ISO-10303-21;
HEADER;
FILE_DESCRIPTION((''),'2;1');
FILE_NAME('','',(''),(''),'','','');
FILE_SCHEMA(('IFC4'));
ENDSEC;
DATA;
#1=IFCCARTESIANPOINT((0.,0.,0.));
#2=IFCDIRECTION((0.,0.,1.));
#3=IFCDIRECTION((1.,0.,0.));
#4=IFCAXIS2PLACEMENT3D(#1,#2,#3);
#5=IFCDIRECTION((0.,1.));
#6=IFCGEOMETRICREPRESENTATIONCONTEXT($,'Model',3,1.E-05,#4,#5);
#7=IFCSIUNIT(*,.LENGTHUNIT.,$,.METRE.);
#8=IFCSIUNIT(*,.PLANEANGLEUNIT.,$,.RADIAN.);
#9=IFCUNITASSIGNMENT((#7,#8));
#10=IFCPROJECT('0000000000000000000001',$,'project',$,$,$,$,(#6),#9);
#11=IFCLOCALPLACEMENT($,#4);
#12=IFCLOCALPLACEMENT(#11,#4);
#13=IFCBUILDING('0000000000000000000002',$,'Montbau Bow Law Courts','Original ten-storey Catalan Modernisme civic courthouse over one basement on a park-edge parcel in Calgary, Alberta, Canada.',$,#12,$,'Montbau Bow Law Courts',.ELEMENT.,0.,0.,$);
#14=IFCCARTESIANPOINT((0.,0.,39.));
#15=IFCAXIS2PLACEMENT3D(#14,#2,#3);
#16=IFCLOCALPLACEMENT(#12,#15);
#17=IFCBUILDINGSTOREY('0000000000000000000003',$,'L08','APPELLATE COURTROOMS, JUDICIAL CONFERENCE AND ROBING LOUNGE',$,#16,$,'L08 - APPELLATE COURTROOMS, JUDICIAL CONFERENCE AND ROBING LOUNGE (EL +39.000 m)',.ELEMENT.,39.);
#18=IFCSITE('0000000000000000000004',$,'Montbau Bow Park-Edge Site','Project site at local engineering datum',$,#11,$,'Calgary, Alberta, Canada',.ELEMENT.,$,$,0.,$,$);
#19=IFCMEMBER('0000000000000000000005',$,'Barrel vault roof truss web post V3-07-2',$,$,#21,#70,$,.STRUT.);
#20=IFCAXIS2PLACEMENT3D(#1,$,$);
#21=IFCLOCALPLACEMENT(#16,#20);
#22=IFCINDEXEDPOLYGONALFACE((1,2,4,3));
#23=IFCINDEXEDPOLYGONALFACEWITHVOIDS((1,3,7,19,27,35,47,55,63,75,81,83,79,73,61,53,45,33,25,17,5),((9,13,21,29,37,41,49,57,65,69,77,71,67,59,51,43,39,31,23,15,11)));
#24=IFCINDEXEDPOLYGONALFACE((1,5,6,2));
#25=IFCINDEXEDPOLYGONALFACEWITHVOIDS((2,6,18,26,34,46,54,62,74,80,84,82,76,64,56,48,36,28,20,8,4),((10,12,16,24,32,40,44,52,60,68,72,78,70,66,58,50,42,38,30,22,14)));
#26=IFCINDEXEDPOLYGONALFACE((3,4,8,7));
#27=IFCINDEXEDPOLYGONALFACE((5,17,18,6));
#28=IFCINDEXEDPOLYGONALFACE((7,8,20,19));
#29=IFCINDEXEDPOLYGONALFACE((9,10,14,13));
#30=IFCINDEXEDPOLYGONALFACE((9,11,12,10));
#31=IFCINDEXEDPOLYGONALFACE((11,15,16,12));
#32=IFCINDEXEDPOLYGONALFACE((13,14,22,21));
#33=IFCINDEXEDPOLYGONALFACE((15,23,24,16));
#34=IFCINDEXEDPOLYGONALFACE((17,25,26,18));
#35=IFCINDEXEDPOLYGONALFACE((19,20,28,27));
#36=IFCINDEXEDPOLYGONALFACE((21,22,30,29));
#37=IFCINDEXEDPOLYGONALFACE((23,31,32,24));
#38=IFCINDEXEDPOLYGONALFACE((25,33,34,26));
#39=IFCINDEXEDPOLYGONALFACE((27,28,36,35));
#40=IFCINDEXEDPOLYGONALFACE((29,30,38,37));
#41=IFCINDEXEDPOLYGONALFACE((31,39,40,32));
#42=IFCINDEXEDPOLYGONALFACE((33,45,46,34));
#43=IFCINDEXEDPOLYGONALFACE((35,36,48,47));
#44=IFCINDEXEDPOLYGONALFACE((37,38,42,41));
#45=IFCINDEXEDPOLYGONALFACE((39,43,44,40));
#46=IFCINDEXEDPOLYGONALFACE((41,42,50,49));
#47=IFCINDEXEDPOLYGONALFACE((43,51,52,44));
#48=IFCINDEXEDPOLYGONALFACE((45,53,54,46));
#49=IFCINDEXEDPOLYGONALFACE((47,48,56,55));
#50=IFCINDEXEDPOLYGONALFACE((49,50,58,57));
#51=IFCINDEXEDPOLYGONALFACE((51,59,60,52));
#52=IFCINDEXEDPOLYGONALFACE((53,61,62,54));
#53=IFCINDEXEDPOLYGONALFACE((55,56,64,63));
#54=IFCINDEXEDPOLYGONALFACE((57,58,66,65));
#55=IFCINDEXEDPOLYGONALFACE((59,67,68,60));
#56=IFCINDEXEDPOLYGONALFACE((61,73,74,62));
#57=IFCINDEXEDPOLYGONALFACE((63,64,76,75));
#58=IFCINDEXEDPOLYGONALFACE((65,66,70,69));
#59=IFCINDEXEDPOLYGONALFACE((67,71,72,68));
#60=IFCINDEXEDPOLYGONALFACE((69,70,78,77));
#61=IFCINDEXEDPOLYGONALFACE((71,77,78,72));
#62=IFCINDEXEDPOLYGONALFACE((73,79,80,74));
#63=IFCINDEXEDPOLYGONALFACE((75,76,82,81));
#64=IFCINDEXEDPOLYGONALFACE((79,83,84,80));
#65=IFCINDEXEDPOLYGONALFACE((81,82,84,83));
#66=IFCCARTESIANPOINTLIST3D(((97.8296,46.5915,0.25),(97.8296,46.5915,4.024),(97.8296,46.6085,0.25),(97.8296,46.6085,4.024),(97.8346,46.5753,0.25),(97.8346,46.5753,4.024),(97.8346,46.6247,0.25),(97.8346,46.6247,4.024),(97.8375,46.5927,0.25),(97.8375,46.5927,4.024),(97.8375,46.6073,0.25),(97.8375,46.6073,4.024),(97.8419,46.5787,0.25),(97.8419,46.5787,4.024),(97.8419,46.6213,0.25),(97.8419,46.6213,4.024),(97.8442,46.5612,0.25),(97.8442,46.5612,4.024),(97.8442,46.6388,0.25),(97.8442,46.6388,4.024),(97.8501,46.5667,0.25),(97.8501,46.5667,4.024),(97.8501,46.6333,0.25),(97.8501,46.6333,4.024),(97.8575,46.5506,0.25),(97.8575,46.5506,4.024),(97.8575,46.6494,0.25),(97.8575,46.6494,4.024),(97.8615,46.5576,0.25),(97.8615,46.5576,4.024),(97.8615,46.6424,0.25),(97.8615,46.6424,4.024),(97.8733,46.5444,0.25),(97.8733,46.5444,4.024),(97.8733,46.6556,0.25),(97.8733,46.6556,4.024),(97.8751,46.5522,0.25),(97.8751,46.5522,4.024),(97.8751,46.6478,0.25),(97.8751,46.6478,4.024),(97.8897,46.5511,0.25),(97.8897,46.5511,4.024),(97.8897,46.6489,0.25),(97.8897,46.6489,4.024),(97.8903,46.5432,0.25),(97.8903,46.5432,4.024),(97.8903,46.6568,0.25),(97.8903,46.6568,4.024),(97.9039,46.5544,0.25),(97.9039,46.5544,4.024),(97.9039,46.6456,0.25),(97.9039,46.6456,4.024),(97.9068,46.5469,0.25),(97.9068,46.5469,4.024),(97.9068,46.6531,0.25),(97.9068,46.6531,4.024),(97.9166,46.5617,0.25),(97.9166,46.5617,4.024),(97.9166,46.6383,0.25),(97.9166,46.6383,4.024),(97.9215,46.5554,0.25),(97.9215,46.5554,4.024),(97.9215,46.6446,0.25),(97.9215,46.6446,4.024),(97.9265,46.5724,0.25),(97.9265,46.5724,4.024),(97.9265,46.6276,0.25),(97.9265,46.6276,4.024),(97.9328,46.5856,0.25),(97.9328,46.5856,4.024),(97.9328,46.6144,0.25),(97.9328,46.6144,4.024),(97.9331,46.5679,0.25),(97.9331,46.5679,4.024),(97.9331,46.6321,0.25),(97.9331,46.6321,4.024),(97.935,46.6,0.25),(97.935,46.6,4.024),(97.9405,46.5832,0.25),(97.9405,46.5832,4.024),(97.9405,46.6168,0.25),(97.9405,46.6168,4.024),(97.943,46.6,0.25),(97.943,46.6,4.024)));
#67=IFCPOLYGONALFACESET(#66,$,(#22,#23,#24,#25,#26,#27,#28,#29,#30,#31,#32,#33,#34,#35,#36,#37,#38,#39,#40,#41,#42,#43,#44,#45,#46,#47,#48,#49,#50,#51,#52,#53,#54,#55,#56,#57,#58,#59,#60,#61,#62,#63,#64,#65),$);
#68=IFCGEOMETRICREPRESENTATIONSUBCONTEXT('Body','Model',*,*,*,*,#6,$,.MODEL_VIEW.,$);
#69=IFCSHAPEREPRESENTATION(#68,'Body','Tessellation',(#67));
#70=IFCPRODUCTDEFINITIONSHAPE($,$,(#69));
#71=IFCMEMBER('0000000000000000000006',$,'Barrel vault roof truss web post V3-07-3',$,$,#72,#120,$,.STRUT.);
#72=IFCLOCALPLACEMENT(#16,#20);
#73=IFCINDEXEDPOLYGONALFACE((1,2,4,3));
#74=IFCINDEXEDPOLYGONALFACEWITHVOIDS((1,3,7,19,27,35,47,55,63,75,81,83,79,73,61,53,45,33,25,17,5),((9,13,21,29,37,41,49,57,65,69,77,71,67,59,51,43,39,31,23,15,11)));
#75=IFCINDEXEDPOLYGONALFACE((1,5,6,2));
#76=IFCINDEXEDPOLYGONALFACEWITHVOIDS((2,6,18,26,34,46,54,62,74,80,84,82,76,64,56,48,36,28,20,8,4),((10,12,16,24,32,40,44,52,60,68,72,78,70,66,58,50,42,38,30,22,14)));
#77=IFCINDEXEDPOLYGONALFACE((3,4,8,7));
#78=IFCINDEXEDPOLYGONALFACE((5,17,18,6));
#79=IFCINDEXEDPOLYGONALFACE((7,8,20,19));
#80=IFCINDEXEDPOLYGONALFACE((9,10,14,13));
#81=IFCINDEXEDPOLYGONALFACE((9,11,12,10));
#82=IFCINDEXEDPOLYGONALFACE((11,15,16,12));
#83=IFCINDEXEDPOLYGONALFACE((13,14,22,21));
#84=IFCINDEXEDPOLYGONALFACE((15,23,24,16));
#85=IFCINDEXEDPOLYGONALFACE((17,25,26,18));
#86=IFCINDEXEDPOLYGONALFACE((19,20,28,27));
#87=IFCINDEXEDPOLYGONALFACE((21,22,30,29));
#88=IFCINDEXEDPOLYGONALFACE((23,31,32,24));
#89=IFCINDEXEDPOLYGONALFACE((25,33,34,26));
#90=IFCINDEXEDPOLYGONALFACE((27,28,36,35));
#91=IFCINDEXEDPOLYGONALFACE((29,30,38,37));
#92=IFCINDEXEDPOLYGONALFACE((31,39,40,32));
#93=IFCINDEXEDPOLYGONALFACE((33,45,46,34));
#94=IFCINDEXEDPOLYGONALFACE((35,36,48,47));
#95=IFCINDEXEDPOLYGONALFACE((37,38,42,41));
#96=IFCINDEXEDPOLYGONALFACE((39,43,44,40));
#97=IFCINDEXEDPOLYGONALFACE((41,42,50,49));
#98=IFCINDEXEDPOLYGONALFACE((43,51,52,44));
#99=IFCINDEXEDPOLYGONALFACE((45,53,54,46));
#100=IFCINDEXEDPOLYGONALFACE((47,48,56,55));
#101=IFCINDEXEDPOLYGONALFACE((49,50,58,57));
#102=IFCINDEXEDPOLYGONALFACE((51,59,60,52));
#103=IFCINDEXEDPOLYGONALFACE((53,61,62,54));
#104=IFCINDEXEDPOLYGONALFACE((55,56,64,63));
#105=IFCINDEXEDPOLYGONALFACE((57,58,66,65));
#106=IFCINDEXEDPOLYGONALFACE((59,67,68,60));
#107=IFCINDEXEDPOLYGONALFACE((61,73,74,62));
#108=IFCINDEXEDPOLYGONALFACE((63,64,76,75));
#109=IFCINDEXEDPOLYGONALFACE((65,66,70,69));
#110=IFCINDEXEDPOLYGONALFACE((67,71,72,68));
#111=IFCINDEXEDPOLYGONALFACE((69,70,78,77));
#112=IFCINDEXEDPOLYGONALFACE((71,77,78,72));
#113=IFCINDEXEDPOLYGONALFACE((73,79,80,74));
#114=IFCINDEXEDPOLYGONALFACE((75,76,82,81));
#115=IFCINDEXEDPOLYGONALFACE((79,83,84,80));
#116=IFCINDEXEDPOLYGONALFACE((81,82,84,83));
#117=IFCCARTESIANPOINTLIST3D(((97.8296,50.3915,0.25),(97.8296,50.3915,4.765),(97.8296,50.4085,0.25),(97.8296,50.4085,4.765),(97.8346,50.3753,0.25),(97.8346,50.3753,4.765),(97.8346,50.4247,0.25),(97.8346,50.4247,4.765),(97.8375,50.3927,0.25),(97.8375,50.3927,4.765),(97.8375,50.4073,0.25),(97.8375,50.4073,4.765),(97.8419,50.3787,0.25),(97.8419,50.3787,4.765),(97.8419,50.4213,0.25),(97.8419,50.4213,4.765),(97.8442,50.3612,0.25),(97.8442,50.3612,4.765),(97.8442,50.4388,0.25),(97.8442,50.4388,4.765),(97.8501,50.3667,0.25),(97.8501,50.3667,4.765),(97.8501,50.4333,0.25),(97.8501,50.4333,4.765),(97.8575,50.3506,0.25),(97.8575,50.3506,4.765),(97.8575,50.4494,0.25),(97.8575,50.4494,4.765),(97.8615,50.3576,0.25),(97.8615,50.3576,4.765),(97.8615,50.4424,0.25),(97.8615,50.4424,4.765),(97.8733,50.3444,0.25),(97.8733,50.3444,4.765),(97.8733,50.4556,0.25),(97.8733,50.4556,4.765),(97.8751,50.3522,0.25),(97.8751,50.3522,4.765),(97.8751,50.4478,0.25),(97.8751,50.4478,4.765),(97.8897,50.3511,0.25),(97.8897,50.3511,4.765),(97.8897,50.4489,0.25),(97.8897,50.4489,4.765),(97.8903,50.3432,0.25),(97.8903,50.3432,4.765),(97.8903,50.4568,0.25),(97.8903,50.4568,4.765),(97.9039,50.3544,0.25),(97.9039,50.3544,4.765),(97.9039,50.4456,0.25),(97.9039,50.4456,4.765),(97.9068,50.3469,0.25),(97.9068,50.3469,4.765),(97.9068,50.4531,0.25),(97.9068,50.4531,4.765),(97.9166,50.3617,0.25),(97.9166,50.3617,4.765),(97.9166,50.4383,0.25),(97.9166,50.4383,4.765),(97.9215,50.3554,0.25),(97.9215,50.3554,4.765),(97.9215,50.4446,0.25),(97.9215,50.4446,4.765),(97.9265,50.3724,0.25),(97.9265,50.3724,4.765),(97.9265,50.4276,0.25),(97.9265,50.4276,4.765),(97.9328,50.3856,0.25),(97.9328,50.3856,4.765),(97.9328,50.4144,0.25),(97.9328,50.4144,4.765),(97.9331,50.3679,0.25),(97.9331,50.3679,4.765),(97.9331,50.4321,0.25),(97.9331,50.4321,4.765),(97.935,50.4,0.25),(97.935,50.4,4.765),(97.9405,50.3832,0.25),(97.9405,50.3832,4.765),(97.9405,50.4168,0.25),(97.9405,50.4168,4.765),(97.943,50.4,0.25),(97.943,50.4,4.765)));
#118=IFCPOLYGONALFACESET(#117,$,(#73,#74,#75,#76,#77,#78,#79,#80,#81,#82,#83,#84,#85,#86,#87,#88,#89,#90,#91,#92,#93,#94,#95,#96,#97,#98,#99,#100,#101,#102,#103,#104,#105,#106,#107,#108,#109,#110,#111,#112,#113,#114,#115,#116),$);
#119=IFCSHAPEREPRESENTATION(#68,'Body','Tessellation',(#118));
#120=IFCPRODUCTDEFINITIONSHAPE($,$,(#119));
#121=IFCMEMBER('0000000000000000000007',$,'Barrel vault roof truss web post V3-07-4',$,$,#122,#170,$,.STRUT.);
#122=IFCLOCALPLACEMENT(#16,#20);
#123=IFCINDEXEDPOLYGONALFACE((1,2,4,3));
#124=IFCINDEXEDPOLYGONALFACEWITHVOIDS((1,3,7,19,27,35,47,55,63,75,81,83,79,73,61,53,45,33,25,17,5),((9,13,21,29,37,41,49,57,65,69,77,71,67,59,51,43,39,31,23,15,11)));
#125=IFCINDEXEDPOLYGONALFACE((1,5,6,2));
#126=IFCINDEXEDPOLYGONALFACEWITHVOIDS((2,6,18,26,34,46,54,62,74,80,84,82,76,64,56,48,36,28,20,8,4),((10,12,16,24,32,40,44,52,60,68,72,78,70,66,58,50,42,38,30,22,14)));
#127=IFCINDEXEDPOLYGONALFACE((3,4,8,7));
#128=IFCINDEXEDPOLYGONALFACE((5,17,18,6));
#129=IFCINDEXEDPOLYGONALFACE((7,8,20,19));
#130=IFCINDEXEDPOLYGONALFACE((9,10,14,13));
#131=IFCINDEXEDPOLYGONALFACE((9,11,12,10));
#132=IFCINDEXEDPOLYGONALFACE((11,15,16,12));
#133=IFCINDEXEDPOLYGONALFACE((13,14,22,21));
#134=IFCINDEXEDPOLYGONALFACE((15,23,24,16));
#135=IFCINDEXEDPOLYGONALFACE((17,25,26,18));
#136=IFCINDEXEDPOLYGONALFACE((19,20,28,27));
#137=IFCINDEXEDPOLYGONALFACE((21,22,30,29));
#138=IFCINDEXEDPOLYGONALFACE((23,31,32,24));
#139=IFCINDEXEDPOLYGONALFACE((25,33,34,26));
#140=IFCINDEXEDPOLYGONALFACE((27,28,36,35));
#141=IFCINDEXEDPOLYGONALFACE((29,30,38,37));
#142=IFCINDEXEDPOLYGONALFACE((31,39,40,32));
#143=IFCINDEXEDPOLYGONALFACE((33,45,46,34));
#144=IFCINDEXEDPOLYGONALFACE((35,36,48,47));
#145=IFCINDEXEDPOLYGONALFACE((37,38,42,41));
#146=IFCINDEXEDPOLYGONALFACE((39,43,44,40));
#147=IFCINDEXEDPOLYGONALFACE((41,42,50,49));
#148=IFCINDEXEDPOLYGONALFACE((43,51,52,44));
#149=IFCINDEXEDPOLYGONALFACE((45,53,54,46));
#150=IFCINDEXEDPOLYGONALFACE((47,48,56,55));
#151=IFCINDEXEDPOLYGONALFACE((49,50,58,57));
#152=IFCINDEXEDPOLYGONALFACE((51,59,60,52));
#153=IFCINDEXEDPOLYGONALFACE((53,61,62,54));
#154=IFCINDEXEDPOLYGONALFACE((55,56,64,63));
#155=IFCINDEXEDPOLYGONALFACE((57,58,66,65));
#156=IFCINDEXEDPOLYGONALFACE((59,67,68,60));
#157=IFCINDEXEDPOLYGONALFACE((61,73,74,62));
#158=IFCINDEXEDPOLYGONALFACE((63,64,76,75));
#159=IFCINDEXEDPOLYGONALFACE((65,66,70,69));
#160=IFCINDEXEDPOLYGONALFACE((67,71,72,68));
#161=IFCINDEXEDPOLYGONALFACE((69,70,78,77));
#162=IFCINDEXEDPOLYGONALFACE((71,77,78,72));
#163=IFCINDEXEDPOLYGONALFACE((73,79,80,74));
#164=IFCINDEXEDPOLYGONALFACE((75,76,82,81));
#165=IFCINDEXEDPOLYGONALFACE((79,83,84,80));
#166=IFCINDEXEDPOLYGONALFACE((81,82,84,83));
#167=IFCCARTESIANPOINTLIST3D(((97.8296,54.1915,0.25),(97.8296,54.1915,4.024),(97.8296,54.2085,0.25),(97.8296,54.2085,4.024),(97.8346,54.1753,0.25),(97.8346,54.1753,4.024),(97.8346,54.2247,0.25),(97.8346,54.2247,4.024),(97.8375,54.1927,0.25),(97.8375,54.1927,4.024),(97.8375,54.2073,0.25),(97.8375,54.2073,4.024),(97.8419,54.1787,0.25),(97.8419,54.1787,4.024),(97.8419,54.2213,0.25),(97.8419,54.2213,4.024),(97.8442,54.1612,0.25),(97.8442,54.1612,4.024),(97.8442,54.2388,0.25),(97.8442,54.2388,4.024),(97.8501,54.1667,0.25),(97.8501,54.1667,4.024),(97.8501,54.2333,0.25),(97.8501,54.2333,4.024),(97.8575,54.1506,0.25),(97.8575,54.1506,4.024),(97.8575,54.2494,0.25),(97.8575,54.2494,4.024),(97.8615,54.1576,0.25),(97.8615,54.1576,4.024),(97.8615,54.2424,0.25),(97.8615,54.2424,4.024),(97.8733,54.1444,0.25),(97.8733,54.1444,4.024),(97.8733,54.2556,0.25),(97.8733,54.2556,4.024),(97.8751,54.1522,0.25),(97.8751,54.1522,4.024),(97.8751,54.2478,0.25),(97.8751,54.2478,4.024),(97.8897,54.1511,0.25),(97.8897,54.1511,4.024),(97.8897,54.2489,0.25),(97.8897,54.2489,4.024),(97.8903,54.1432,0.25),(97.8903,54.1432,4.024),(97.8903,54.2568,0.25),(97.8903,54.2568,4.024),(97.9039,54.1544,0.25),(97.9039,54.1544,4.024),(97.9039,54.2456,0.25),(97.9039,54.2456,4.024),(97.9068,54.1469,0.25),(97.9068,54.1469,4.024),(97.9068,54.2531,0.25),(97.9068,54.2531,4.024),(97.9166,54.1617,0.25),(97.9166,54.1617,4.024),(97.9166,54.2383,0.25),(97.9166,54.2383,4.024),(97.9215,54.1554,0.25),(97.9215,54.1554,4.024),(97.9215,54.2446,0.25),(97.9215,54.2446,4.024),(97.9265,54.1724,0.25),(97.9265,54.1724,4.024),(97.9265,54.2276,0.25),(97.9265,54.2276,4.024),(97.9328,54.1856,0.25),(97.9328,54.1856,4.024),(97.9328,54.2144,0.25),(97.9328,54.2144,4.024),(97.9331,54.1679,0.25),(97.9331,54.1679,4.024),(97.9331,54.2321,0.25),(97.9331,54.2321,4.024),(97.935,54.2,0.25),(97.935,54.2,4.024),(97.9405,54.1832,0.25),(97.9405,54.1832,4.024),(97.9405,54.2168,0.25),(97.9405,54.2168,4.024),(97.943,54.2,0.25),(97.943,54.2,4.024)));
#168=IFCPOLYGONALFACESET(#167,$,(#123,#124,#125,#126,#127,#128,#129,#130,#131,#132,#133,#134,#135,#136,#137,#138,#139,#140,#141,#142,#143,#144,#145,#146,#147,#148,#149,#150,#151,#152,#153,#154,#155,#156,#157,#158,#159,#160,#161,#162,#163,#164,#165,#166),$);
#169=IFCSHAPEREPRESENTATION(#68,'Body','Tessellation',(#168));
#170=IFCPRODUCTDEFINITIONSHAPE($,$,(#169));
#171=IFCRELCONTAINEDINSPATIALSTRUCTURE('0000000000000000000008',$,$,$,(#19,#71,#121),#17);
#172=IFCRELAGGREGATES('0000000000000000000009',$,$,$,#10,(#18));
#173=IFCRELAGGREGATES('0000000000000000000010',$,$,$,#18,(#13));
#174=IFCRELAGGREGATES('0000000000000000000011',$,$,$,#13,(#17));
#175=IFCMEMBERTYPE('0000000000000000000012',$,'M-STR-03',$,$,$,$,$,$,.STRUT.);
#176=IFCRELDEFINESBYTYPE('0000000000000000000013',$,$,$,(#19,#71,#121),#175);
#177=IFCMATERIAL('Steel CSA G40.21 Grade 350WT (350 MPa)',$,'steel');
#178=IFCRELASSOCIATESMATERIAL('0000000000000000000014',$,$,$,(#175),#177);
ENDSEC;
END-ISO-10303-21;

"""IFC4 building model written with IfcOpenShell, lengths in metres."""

from ifc_helpers import new_model, si_unit, direction, frame, origin_with_axes, origin_2d_with_axis, place, context, subcontext, project, spatial, hollow_circle, extrude, material, material_profile, profile_set, type_object, element, save


model = new_model("IFC4")

# Units and contexts
model_context = context("Model", 3, precision=1e-05, world=origin_with_axes(), true_north=direction((0.0, 1.0)))
body_context = subcontext(model_context, "Body", "Model", "MODEL_VIEW")
ifc_project = project(units=[si_unit("LENGTHUNIT", "METRE"), si_unit("PLANEANGLEUNIT", "RADIAN")], contexts=[model_context])

# Site, building, storey
site_placement = place(None, origin_with_axes())
site = spatial("IfcSite", under=ifc_project, at=site_placement, Name="Montbau Bow Park-Edge Site", Description="Project site at local engineering datum", LongName="Calgary, Alberta, Canada", CompositionType="ELEMENT", RefElevation=0.0)
building_placement = place(site_placement, origin_with_axes())
building = spatial("IfcBuilding", under=site, at=building_placement, Name="Montbau Bow Law Courts", Description="Original ten-storey Catalan Modernisme civic courthouse over one basement on a park-edge parcel in Calgary, Alberta, Canada.", LongName="Montbau Bow Law Courts", CompositionType="ELEMENT", ElevationOfRefHeight=0.0, ElevationOfTerrain=0.0)
storey_placement = place(building_placement, frame((0.0, 0.0, 39.0), z_axis=(0.0, 0.0, 1.0), x_axis=(1.0, 0.0, 0.0)))
storey = spatial("IfcBuildingStorey", under=building, at=storey_placement, Name="L08", Description="APPELLATE COURTROOMS, JUDICIAL CONFERENCE AND ROBING LOUNGE", LongName="L08 - APPELLATE COURTROOMS, JUDICIAL CONFERENCE AND ROBING LOUNGE (EL +39.000 m)", CompositionType="ELEMENT", Elevation=39.0)

# Shared definitions
ifc_material_1 = material(Name="Steel CSA G40.21 Grade 350WT (350 MPa)", Category="steel")

# Members
ifc_material_profile_1 = material_profile(ifc_material_1, hollow_circle(Radius=0.057, WallThickness=0.008, at=origin_2d_with_axis()), Name="HSS114X8.0", Category="Main", Priority=0)
ifc_profile_set_1 = profile_set([ifc_material_profile_1], Name="Steel CSA G40.21 Grade 350WT (350 MPa)")
member_type_1 = type_object("IfcMemberType", Name="M-STR-03", PredefinedType="STRUT", material=ifc_profile_set_1)
member_1_placement = place(None, frame((97.886, 46.6, 39.25), z_axis=(0.0, 0.0, 1.0), x_axis=(1.0, 0.0, 0.0)))
element("IfcMember", 1, at=member_1_placement, inside=storey, type_object=member_type_1, Name="Barrel vault roof truss web post V3-07-2", PredefinedType="STRUT", context=body_context, shape_type="SweptSolid", body=[
    extrude(hollow_circle(Radius=0.057, WallThickness=0.008, at=origin_2d_with_axis()), origin_with_axes(), (0.0, 0.0, 1.0), 3.774),
])
member_2_placement = place(None, frame((97.886, 50.4, 39.25), z_axis=(0.0, 0.0, 1.0), x_axis=(1.0, 0.0, 0.0)))
element("IfcMember", 2, at=member_2_placement, inside=storey, type_object=member_type_1, Name="Barrel vault roof truss web post V3-07-3", PredefinedType="STRUT", context=body_context, shape_type="SweptSolid", body=[
    extrude(hollow_circle(Radius=0.057, WallThickness=0.008, at=origin_2d_with_axis()), origin_with_axes(), (0.0, 0.0, 1.0), 4.515),
])
member_3_placement = place(None, frame((97.886, 54.2, 39.25), z_axis=(0.0, 0.0, 1.0), x_axis=(1.0, 0.0, 0.0)))
element("IfcMember", 3, at=member_3_placement, inside=storey, type_object=member_type_1, Name="Barrel vault roof truss web post V3-07-4", PredefinedType="STRUT", context=body_context, shape_type="SweptSolid", body=[
    extrude(hollow_circle(Radius=0.057, WallThickness=0.008, at=origin_2d_with_axis()), origin_with_axes(), (0.0, 0.0, 1.0), 3.774),
])

save(model, "model.ifc")
